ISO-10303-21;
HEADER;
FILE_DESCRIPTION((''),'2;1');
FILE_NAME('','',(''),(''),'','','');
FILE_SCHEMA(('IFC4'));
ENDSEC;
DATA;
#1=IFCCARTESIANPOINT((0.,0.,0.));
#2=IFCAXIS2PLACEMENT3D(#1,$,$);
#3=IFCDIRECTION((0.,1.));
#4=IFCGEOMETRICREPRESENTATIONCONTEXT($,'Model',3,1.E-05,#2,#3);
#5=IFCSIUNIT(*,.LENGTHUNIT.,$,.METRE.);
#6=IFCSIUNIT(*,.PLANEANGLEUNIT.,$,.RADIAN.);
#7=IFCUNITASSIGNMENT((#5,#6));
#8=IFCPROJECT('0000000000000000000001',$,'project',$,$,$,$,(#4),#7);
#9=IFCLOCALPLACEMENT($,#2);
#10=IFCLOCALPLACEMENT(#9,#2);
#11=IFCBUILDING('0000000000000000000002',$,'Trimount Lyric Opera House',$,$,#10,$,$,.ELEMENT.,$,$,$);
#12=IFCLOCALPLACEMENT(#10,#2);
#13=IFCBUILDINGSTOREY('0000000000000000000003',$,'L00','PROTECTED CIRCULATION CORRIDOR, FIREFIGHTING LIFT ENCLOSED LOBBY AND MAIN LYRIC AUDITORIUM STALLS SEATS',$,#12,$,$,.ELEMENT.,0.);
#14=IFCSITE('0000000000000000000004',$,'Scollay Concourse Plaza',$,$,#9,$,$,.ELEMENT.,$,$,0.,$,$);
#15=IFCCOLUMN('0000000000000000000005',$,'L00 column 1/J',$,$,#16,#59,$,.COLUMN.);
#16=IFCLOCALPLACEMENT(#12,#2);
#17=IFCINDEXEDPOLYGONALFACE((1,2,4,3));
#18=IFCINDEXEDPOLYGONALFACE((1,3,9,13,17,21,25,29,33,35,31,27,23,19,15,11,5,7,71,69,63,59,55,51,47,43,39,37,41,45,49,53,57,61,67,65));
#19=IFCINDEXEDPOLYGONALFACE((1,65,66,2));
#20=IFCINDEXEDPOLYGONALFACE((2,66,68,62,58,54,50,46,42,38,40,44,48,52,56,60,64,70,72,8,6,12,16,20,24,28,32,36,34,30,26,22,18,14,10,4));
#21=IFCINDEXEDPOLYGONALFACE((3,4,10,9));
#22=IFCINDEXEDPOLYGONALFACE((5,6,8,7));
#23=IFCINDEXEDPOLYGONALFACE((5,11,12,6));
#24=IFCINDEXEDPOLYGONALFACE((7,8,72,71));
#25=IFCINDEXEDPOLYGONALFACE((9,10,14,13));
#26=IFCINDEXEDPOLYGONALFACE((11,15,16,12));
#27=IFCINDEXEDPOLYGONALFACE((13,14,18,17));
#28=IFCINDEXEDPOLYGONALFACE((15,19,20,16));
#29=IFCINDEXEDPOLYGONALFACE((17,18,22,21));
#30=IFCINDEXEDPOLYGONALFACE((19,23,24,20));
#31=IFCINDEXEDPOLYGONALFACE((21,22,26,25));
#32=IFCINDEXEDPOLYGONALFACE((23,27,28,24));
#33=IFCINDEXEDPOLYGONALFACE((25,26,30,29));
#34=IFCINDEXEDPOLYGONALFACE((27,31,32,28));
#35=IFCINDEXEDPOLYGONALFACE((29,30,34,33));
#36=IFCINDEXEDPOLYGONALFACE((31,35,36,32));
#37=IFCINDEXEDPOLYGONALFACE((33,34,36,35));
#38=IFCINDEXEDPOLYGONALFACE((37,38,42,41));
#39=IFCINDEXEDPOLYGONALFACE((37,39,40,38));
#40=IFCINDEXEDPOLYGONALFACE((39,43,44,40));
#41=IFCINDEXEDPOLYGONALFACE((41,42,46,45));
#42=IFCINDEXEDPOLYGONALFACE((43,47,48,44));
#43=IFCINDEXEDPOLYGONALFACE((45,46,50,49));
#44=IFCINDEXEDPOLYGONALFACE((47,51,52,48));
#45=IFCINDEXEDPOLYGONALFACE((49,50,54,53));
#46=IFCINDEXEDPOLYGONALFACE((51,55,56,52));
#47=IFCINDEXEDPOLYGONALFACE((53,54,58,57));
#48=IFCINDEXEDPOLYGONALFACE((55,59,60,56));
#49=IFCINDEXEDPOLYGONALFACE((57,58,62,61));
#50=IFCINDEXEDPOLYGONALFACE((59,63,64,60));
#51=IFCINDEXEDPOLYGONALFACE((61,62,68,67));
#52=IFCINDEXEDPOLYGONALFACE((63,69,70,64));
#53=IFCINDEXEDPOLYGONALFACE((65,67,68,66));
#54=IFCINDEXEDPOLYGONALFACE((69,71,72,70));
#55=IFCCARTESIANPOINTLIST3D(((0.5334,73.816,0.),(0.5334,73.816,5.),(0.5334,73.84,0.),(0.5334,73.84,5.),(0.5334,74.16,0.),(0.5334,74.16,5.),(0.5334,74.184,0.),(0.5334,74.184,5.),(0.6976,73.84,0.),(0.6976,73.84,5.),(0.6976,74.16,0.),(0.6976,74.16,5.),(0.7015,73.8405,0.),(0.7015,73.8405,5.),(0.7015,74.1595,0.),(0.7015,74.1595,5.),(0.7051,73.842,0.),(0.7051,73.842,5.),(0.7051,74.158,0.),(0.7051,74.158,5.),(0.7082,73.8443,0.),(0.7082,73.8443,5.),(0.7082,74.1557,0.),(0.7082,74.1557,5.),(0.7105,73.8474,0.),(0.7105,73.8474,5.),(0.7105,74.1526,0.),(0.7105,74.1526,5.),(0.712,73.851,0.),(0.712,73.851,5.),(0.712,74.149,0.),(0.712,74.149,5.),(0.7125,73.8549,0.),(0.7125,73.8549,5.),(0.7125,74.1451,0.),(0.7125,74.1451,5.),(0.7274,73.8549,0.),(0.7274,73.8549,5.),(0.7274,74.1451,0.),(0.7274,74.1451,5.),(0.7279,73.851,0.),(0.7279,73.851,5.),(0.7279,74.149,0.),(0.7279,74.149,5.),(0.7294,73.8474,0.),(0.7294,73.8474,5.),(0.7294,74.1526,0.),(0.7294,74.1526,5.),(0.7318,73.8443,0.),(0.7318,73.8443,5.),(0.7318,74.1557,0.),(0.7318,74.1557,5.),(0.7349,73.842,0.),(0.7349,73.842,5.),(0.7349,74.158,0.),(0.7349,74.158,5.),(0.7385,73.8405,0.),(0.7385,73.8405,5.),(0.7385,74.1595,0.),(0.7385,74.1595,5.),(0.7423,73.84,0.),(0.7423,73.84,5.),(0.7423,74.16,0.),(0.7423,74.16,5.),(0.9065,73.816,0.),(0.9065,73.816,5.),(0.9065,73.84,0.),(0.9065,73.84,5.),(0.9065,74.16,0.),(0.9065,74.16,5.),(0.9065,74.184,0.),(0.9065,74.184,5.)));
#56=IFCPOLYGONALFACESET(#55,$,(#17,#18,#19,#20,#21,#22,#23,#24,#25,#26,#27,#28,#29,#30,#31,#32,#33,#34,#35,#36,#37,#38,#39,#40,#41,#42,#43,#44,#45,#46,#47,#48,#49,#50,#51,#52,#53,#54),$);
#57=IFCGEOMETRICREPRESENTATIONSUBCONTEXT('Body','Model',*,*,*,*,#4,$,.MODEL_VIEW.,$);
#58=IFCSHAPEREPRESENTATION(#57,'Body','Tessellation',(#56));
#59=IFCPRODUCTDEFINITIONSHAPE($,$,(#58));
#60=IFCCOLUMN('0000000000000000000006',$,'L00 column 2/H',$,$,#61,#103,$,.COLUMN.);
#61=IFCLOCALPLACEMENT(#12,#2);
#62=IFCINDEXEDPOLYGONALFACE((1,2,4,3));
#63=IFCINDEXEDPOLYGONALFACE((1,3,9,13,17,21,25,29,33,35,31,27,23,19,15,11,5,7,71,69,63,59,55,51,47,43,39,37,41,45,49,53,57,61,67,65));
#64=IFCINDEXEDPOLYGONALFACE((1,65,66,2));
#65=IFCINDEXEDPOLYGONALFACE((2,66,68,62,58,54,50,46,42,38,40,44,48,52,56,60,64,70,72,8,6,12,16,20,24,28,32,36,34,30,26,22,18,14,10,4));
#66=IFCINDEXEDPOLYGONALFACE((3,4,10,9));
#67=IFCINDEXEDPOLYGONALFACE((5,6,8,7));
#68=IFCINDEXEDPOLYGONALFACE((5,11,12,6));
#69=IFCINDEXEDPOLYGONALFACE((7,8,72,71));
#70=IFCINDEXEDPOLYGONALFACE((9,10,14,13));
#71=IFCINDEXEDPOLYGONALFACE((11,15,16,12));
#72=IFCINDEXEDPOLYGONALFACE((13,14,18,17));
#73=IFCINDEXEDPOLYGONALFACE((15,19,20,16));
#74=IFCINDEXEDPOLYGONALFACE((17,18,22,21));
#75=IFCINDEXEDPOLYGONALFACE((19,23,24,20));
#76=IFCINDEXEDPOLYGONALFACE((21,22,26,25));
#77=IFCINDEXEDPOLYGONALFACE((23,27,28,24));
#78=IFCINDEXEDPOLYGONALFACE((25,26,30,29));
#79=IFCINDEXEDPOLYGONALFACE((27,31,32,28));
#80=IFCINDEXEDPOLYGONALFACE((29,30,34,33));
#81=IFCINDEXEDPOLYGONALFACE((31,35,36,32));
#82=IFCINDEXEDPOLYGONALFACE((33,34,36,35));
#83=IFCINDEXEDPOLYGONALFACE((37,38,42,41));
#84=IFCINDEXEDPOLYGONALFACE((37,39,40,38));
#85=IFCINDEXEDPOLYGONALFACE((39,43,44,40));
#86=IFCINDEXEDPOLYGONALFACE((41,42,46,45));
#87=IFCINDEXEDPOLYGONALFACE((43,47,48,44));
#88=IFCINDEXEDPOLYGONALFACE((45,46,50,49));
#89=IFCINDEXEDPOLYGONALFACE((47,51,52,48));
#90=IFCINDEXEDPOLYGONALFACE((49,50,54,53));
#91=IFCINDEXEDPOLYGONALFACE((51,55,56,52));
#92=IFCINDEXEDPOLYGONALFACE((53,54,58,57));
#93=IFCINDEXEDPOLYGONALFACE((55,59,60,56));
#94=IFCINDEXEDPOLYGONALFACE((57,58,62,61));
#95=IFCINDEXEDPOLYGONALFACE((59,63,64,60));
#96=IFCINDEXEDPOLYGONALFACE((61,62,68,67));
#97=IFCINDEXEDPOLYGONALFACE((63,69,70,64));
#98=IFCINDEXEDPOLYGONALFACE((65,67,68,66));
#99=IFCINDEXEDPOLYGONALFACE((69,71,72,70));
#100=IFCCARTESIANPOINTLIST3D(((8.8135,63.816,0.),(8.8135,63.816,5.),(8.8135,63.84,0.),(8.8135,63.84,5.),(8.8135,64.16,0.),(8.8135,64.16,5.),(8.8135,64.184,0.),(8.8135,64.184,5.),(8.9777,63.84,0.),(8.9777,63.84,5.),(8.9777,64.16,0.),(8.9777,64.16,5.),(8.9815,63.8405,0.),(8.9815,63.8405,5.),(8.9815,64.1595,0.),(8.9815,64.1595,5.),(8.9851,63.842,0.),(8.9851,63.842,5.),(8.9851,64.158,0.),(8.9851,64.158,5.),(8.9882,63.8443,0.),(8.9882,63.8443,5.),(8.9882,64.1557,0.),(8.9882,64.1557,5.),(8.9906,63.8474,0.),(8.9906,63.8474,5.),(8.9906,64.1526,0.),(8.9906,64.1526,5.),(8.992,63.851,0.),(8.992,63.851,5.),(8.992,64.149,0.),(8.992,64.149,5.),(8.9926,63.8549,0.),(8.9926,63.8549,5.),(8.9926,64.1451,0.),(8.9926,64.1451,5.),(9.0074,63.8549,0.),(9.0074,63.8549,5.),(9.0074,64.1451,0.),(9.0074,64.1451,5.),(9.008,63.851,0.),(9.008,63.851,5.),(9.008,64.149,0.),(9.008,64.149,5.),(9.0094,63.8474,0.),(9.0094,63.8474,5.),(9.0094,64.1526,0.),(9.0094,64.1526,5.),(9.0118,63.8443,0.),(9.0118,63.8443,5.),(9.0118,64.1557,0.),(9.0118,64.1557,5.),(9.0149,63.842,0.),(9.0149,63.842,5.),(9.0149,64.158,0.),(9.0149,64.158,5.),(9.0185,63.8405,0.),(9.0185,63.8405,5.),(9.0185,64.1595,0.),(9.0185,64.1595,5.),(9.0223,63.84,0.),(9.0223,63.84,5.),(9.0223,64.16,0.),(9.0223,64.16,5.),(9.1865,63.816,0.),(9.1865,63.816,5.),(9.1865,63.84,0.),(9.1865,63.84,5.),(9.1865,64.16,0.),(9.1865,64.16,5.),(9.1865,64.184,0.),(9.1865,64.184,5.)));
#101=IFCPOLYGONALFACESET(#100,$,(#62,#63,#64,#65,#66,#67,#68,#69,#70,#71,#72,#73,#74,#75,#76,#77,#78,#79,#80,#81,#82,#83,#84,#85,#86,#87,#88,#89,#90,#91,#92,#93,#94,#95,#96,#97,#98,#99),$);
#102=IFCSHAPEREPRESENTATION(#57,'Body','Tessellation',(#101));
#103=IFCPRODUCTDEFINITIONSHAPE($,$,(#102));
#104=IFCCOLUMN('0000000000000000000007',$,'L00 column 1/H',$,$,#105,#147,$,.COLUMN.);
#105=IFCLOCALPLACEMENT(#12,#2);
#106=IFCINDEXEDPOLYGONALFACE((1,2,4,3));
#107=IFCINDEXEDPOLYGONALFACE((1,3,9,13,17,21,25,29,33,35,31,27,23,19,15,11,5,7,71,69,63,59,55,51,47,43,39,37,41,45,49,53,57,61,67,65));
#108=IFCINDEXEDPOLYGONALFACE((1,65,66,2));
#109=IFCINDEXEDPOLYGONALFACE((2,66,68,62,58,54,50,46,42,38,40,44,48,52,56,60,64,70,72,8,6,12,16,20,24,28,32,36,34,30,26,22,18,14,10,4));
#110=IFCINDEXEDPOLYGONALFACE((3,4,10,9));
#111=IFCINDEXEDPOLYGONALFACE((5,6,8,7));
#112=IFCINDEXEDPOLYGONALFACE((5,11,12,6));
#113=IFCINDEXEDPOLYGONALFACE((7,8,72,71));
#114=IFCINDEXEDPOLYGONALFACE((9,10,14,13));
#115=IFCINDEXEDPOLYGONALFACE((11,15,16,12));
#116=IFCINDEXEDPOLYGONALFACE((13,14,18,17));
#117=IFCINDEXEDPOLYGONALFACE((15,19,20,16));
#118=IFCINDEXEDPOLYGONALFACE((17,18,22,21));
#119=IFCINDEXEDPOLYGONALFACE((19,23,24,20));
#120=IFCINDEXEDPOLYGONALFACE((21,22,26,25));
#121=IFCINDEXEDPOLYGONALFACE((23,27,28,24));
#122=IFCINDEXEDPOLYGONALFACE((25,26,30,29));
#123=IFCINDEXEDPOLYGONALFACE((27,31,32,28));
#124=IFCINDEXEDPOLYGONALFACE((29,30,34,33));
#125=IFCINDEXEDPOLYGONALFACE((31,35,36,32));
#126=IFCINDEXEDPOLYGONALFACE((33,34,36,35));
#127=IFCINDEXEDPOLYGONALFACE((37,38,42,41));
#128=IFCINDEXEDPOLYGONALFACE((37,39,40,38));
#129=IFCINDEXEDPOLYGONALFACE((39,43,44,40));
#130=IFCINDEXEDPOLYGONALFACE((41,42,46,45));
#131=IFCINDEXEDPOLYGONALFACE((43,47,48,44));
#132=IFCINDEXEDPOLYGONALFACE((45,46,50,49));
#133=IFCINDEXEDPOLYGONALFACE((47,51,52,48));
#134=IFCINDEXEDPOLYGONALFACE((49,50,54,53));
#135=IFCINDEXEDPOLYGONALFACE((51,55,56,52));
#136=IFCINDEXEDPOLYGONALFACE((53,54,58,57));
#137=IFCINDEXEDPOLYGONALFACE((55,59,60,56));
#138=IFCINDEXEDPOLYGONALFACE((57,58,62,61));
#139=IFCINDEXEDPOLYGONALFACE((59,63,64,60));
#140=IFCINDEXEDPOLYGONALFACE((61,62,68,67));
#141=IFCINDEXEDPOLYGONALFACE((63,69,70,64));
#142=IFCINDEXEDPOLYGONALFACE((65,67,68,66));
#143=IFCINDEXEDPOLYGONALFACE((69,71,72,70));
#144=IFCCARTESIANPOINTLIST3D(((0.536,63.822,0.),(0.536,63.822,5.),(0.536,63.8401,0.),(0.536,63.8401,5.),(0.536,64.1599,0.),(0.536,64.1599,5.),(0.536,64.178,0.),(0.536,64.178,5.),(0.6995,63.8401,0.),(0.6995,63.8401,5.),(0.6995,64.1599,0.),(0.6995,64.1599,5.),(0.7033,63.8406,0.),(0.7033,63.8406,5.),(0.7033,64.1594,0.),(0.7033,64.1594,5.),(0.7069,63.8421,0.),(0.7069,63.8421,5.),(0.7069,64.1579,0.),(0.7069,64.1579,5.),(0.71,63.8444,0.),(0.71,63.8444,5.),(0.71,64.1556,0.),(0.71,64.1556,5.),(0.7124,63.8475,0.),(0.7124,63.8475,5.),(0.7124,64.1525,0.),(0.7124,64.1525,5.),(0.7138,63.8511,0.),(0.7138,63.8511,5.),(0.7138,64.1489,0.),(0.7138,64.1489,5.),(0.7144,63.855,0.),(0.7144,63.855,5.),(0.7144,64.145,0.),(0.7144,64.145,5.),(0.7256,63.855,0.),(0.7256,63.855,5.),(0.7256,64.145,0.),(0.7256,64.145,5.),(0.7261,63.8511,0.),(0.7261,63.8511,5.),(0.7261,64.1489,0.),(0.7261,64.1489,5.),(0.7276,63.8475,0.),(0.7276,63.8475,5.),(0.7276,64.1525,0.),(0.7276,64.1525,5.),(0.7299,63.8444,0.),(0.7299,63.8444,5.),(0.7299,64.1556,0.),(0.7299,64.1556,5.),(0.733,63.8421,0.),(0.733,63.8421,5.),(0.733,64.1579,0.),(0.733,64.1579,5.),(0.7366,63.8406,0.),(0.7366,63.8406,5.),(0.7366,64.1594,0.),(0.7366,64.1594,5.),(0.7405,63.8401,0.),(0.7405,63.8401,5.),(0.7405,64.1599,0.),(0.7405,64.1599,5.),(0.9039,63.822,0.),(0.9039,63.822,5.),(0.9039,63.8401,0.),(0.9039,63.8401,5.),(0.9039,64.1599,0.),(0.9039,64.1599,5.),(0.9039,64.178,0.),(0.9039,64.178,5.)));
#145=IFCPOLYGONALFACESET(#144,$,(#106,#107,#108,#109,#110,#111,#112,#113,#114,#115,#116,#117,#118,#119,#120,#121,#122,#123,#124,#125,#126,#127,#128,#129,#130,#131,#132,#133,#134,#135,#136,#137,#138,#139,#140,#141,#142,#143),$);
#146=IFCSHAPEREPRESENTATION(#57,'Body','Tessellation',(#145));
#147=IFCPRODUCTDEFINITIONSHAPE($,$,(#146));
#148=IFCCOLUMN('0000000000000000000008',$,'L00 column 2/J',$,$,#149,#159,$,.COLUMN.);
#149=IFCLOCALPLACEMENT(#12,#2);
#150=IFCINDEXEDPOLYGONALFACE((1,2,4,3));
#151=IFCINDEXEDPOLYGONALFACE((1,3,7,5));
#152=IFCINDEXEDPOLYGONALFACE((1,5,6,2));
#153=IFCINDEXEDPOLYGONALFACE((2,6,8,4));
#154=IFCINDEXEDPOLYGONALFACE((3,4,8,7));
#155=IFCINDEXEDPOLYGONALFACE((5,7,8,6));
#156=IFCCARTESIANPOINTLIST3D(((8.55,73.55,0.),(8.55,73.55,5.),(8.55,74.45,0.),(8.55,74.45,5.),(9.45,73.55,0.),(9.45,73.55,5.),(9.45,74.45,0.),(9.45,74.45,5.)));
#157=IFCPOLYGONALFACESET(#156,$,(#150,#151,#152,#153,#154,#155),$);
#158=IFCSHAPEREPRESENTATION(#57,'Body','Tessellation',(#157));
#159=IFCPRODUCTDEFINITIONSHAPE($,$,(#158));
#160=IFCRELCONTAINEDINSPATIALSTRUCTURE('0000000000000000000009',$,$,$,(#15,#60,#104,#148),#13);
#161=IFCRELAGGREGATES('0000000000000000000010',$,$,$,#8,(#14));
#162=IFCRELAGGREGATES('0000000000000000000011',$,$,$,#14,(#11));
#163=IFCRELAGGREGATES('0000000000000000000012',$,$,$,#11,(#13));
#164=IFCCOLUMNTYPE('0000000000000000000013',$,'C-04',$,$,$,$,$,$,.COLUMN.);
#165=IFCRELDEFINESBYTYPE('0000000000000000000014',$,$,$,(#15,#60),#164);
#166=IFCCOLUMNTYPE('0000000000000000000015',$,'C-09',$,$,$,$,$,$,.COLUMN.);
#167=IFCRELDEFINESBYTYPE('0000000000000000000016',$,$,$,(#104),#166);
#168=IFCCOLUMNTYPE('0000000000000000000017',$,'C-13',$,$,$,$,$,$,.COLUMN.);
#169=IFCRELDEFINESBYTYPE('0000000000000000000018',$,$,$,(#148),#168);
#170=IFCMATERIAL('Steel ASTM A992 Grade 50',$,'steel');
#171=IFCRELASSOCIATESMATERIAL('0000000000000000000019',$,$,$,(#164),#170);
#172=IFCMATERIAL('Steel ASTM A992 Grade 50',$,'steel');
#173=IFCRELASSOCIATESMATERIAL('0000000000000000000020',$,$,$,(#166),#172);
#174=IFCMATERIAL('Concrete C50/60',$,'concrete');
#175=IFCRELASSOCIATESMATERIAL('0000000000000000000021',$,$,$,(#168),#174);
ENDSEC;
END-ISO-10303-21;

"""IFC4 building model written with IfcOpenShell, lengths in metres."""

from ifc_helpers import new_model, si_unit, direction, frame, origin, origin_2d, place, context, subcontext, project, spatial, rectangle, i_section, extrude, material, material_profile, profile_set, type_object, element, save


model = new_model("IFC4")

# Units and contexts
model_context = context("Model", 3, precision=1e-05, world=origin(), true_north=direction((0.0, 1.0)))
body_context = subcontext(model_context, "Body", "Model", "MODEL_VIEW")
ifc_project = project(units=[si_unit("LENGTHUNIT", "METRE"), si_unit("PLANEANGLEUNIT", "RADIAN")], contexts=[model_context])

# Site, building, storey
site_placement = place(None, origin())
site = spatial("IfcSite", under=ifc_project, at=site_placement, Name="Scollay Concourse Plaza", CompositionType="ELEMENT", RefElevation=0.0)
building_placement = place(site_placement, origin())
building = spatial("IfcBuilding", under=site, at=building_placement, Name="Trimount Lyric Opera House", CompositionType="ELEMENT")
storey_placement = place(building_placement, origin())
storey = spatial("IfcBuildingStorey", under=building, at=storey_placement, Name="L00", Description="PROTECTED CIRCULATION CORRIDOR, FIREFIGHTING LIFT ENCLOSED LOBBY AND MAIN LYRIC AUDITORIUM STALLS SEATS", CompositionType="ELEMENT", Elevation=0.0)

# Columns
ifc_material_1 = material(Name="Steel ASTM A992 Grade 50", Category="steel")
ifc_material_profile_1 = material_profile(ifc_material_1, i_section(OverallWidth=0.373, OverallDepth=0.3679, WebThickness=0.0149, FlangeThickness=0.0239, FilletRadius=0.0149, at=origin_2d()), Name="W14X120")
ifc_profile_set_1 = profile_set([ifc_material_profile_1], Name="Steel ASTM A992 Grade 50")
column_type_1 = type_object("IfcColumnType", Name="C-04", PredefinedType="COLUMN", material=ifc_profile_set_1)
for number, where, z_axis, x_axis, name in (
    (1, (0.72, 74.0, 0.0), (0.0, 0.0, 1.0), (1.0, 0.0, 0.0), "L00 column 1/J"),
    (2, (9.0, 64.0, 0.0), (0.0, 0.0, 1.0), (1.0, 0.0, 0.0), "L00 column 2/H"),
):
    element("IfcColumn", number, at=place(storey_placement, frame(where, z_axis=z_axis, x_axis=x_axis)), inside=storey, type_object=column_type_1, Name=name, PredefinedType="COLUMN", context=body_context, shape_type="SweptSolid", body=[
        extrude(i_section(OverallWidth=0.373, OverallDepth=0.3679, WebThickness=0.0149, FlangeThickness=0.0239, FilletRadius=0.0149, at=origin_2d()), origin(), (0.0, 0.0, 1.0), 5.0),
    ])
ifc_material_2 = material(Name="Steel ASTM A992 Grade 50", Category="steel")
ifc_material_profile_2 = material_profile(ifc_material_2, i_section(OverallWidth=0.3679, OverallDepth=0.356, WebThickness=0.0112, FlangeThickness=0.0181, FilletRadius=0.0149, at=origin_2d()), Name="W14X90")
ifc_profile_set_2 = profile_set([ifc_material_profile_2], Name="Steel ASTM A992 Grade 50")
column_type_2 = type_object("IfcColumnType", Name="C-09", PredefinedType="COLUMN", material=ifc_profile_set_2)
column_1_placement = place(storey_placement, frame((0.72, 64.0, 0.0), z_axis=(0.0, 0.0, 1.0), x_axis=(1.0, 0.0, 0.0)))
element("IfcColumn", 3, at=column_1_placement, inside=storey, type_object=column_type_2, Name="L00 column 1/H", PredefinedType="COLUMN", context=body_context, shape_type="SweptSolid", body=[
    extrude(i_section(OverallWidth=0.3679, OverallDepth=0.356, WebThickness=0.0112, FlangeThickness=0.0181, FilletRadius=0.0149, at=origin_2d()), origin(), (0.0, 0.0, 1.0), 5.0),
])
ifc_material_3 = material(Name="Concrete C50/60", Category="concrete")
ifc_material_profile_3 = material_profile(ifc_material_3, rectangle(XDim=0.8999, YDim=0.8999, at=origin_2d()), Name="RC900X900")
ifc_profile_set_3 = profile_set([ifc_material_profile_3], Name="Concrete C50/60")
column_type_3 = type_object("IfcColumnType", Name="C-13", PredefinedType="COLUMN", material=ifc_profile_set_3)
column_2_placement = place(storey_placement, frame((9.0, 74.0, 0.0), z_axis=(0.0, 0.0, 1.0), x_axis=(1.0, 0.0, 0.0)))
element("IfcColumn", 4, at=column_2_placement, inside=storey, type_object=column_type_3, Name="L00 column 2/J", PredefinedType="COLUMN", context=body_context, shape_type="SweptSolid", body=[
    extrude(rectangle(XDim=0.8999, YDim=0.8999, at=origin_2d()), origin(), (0.0, 0.0, 1.0), 5.0),
])

save(model, "model.ifc")
